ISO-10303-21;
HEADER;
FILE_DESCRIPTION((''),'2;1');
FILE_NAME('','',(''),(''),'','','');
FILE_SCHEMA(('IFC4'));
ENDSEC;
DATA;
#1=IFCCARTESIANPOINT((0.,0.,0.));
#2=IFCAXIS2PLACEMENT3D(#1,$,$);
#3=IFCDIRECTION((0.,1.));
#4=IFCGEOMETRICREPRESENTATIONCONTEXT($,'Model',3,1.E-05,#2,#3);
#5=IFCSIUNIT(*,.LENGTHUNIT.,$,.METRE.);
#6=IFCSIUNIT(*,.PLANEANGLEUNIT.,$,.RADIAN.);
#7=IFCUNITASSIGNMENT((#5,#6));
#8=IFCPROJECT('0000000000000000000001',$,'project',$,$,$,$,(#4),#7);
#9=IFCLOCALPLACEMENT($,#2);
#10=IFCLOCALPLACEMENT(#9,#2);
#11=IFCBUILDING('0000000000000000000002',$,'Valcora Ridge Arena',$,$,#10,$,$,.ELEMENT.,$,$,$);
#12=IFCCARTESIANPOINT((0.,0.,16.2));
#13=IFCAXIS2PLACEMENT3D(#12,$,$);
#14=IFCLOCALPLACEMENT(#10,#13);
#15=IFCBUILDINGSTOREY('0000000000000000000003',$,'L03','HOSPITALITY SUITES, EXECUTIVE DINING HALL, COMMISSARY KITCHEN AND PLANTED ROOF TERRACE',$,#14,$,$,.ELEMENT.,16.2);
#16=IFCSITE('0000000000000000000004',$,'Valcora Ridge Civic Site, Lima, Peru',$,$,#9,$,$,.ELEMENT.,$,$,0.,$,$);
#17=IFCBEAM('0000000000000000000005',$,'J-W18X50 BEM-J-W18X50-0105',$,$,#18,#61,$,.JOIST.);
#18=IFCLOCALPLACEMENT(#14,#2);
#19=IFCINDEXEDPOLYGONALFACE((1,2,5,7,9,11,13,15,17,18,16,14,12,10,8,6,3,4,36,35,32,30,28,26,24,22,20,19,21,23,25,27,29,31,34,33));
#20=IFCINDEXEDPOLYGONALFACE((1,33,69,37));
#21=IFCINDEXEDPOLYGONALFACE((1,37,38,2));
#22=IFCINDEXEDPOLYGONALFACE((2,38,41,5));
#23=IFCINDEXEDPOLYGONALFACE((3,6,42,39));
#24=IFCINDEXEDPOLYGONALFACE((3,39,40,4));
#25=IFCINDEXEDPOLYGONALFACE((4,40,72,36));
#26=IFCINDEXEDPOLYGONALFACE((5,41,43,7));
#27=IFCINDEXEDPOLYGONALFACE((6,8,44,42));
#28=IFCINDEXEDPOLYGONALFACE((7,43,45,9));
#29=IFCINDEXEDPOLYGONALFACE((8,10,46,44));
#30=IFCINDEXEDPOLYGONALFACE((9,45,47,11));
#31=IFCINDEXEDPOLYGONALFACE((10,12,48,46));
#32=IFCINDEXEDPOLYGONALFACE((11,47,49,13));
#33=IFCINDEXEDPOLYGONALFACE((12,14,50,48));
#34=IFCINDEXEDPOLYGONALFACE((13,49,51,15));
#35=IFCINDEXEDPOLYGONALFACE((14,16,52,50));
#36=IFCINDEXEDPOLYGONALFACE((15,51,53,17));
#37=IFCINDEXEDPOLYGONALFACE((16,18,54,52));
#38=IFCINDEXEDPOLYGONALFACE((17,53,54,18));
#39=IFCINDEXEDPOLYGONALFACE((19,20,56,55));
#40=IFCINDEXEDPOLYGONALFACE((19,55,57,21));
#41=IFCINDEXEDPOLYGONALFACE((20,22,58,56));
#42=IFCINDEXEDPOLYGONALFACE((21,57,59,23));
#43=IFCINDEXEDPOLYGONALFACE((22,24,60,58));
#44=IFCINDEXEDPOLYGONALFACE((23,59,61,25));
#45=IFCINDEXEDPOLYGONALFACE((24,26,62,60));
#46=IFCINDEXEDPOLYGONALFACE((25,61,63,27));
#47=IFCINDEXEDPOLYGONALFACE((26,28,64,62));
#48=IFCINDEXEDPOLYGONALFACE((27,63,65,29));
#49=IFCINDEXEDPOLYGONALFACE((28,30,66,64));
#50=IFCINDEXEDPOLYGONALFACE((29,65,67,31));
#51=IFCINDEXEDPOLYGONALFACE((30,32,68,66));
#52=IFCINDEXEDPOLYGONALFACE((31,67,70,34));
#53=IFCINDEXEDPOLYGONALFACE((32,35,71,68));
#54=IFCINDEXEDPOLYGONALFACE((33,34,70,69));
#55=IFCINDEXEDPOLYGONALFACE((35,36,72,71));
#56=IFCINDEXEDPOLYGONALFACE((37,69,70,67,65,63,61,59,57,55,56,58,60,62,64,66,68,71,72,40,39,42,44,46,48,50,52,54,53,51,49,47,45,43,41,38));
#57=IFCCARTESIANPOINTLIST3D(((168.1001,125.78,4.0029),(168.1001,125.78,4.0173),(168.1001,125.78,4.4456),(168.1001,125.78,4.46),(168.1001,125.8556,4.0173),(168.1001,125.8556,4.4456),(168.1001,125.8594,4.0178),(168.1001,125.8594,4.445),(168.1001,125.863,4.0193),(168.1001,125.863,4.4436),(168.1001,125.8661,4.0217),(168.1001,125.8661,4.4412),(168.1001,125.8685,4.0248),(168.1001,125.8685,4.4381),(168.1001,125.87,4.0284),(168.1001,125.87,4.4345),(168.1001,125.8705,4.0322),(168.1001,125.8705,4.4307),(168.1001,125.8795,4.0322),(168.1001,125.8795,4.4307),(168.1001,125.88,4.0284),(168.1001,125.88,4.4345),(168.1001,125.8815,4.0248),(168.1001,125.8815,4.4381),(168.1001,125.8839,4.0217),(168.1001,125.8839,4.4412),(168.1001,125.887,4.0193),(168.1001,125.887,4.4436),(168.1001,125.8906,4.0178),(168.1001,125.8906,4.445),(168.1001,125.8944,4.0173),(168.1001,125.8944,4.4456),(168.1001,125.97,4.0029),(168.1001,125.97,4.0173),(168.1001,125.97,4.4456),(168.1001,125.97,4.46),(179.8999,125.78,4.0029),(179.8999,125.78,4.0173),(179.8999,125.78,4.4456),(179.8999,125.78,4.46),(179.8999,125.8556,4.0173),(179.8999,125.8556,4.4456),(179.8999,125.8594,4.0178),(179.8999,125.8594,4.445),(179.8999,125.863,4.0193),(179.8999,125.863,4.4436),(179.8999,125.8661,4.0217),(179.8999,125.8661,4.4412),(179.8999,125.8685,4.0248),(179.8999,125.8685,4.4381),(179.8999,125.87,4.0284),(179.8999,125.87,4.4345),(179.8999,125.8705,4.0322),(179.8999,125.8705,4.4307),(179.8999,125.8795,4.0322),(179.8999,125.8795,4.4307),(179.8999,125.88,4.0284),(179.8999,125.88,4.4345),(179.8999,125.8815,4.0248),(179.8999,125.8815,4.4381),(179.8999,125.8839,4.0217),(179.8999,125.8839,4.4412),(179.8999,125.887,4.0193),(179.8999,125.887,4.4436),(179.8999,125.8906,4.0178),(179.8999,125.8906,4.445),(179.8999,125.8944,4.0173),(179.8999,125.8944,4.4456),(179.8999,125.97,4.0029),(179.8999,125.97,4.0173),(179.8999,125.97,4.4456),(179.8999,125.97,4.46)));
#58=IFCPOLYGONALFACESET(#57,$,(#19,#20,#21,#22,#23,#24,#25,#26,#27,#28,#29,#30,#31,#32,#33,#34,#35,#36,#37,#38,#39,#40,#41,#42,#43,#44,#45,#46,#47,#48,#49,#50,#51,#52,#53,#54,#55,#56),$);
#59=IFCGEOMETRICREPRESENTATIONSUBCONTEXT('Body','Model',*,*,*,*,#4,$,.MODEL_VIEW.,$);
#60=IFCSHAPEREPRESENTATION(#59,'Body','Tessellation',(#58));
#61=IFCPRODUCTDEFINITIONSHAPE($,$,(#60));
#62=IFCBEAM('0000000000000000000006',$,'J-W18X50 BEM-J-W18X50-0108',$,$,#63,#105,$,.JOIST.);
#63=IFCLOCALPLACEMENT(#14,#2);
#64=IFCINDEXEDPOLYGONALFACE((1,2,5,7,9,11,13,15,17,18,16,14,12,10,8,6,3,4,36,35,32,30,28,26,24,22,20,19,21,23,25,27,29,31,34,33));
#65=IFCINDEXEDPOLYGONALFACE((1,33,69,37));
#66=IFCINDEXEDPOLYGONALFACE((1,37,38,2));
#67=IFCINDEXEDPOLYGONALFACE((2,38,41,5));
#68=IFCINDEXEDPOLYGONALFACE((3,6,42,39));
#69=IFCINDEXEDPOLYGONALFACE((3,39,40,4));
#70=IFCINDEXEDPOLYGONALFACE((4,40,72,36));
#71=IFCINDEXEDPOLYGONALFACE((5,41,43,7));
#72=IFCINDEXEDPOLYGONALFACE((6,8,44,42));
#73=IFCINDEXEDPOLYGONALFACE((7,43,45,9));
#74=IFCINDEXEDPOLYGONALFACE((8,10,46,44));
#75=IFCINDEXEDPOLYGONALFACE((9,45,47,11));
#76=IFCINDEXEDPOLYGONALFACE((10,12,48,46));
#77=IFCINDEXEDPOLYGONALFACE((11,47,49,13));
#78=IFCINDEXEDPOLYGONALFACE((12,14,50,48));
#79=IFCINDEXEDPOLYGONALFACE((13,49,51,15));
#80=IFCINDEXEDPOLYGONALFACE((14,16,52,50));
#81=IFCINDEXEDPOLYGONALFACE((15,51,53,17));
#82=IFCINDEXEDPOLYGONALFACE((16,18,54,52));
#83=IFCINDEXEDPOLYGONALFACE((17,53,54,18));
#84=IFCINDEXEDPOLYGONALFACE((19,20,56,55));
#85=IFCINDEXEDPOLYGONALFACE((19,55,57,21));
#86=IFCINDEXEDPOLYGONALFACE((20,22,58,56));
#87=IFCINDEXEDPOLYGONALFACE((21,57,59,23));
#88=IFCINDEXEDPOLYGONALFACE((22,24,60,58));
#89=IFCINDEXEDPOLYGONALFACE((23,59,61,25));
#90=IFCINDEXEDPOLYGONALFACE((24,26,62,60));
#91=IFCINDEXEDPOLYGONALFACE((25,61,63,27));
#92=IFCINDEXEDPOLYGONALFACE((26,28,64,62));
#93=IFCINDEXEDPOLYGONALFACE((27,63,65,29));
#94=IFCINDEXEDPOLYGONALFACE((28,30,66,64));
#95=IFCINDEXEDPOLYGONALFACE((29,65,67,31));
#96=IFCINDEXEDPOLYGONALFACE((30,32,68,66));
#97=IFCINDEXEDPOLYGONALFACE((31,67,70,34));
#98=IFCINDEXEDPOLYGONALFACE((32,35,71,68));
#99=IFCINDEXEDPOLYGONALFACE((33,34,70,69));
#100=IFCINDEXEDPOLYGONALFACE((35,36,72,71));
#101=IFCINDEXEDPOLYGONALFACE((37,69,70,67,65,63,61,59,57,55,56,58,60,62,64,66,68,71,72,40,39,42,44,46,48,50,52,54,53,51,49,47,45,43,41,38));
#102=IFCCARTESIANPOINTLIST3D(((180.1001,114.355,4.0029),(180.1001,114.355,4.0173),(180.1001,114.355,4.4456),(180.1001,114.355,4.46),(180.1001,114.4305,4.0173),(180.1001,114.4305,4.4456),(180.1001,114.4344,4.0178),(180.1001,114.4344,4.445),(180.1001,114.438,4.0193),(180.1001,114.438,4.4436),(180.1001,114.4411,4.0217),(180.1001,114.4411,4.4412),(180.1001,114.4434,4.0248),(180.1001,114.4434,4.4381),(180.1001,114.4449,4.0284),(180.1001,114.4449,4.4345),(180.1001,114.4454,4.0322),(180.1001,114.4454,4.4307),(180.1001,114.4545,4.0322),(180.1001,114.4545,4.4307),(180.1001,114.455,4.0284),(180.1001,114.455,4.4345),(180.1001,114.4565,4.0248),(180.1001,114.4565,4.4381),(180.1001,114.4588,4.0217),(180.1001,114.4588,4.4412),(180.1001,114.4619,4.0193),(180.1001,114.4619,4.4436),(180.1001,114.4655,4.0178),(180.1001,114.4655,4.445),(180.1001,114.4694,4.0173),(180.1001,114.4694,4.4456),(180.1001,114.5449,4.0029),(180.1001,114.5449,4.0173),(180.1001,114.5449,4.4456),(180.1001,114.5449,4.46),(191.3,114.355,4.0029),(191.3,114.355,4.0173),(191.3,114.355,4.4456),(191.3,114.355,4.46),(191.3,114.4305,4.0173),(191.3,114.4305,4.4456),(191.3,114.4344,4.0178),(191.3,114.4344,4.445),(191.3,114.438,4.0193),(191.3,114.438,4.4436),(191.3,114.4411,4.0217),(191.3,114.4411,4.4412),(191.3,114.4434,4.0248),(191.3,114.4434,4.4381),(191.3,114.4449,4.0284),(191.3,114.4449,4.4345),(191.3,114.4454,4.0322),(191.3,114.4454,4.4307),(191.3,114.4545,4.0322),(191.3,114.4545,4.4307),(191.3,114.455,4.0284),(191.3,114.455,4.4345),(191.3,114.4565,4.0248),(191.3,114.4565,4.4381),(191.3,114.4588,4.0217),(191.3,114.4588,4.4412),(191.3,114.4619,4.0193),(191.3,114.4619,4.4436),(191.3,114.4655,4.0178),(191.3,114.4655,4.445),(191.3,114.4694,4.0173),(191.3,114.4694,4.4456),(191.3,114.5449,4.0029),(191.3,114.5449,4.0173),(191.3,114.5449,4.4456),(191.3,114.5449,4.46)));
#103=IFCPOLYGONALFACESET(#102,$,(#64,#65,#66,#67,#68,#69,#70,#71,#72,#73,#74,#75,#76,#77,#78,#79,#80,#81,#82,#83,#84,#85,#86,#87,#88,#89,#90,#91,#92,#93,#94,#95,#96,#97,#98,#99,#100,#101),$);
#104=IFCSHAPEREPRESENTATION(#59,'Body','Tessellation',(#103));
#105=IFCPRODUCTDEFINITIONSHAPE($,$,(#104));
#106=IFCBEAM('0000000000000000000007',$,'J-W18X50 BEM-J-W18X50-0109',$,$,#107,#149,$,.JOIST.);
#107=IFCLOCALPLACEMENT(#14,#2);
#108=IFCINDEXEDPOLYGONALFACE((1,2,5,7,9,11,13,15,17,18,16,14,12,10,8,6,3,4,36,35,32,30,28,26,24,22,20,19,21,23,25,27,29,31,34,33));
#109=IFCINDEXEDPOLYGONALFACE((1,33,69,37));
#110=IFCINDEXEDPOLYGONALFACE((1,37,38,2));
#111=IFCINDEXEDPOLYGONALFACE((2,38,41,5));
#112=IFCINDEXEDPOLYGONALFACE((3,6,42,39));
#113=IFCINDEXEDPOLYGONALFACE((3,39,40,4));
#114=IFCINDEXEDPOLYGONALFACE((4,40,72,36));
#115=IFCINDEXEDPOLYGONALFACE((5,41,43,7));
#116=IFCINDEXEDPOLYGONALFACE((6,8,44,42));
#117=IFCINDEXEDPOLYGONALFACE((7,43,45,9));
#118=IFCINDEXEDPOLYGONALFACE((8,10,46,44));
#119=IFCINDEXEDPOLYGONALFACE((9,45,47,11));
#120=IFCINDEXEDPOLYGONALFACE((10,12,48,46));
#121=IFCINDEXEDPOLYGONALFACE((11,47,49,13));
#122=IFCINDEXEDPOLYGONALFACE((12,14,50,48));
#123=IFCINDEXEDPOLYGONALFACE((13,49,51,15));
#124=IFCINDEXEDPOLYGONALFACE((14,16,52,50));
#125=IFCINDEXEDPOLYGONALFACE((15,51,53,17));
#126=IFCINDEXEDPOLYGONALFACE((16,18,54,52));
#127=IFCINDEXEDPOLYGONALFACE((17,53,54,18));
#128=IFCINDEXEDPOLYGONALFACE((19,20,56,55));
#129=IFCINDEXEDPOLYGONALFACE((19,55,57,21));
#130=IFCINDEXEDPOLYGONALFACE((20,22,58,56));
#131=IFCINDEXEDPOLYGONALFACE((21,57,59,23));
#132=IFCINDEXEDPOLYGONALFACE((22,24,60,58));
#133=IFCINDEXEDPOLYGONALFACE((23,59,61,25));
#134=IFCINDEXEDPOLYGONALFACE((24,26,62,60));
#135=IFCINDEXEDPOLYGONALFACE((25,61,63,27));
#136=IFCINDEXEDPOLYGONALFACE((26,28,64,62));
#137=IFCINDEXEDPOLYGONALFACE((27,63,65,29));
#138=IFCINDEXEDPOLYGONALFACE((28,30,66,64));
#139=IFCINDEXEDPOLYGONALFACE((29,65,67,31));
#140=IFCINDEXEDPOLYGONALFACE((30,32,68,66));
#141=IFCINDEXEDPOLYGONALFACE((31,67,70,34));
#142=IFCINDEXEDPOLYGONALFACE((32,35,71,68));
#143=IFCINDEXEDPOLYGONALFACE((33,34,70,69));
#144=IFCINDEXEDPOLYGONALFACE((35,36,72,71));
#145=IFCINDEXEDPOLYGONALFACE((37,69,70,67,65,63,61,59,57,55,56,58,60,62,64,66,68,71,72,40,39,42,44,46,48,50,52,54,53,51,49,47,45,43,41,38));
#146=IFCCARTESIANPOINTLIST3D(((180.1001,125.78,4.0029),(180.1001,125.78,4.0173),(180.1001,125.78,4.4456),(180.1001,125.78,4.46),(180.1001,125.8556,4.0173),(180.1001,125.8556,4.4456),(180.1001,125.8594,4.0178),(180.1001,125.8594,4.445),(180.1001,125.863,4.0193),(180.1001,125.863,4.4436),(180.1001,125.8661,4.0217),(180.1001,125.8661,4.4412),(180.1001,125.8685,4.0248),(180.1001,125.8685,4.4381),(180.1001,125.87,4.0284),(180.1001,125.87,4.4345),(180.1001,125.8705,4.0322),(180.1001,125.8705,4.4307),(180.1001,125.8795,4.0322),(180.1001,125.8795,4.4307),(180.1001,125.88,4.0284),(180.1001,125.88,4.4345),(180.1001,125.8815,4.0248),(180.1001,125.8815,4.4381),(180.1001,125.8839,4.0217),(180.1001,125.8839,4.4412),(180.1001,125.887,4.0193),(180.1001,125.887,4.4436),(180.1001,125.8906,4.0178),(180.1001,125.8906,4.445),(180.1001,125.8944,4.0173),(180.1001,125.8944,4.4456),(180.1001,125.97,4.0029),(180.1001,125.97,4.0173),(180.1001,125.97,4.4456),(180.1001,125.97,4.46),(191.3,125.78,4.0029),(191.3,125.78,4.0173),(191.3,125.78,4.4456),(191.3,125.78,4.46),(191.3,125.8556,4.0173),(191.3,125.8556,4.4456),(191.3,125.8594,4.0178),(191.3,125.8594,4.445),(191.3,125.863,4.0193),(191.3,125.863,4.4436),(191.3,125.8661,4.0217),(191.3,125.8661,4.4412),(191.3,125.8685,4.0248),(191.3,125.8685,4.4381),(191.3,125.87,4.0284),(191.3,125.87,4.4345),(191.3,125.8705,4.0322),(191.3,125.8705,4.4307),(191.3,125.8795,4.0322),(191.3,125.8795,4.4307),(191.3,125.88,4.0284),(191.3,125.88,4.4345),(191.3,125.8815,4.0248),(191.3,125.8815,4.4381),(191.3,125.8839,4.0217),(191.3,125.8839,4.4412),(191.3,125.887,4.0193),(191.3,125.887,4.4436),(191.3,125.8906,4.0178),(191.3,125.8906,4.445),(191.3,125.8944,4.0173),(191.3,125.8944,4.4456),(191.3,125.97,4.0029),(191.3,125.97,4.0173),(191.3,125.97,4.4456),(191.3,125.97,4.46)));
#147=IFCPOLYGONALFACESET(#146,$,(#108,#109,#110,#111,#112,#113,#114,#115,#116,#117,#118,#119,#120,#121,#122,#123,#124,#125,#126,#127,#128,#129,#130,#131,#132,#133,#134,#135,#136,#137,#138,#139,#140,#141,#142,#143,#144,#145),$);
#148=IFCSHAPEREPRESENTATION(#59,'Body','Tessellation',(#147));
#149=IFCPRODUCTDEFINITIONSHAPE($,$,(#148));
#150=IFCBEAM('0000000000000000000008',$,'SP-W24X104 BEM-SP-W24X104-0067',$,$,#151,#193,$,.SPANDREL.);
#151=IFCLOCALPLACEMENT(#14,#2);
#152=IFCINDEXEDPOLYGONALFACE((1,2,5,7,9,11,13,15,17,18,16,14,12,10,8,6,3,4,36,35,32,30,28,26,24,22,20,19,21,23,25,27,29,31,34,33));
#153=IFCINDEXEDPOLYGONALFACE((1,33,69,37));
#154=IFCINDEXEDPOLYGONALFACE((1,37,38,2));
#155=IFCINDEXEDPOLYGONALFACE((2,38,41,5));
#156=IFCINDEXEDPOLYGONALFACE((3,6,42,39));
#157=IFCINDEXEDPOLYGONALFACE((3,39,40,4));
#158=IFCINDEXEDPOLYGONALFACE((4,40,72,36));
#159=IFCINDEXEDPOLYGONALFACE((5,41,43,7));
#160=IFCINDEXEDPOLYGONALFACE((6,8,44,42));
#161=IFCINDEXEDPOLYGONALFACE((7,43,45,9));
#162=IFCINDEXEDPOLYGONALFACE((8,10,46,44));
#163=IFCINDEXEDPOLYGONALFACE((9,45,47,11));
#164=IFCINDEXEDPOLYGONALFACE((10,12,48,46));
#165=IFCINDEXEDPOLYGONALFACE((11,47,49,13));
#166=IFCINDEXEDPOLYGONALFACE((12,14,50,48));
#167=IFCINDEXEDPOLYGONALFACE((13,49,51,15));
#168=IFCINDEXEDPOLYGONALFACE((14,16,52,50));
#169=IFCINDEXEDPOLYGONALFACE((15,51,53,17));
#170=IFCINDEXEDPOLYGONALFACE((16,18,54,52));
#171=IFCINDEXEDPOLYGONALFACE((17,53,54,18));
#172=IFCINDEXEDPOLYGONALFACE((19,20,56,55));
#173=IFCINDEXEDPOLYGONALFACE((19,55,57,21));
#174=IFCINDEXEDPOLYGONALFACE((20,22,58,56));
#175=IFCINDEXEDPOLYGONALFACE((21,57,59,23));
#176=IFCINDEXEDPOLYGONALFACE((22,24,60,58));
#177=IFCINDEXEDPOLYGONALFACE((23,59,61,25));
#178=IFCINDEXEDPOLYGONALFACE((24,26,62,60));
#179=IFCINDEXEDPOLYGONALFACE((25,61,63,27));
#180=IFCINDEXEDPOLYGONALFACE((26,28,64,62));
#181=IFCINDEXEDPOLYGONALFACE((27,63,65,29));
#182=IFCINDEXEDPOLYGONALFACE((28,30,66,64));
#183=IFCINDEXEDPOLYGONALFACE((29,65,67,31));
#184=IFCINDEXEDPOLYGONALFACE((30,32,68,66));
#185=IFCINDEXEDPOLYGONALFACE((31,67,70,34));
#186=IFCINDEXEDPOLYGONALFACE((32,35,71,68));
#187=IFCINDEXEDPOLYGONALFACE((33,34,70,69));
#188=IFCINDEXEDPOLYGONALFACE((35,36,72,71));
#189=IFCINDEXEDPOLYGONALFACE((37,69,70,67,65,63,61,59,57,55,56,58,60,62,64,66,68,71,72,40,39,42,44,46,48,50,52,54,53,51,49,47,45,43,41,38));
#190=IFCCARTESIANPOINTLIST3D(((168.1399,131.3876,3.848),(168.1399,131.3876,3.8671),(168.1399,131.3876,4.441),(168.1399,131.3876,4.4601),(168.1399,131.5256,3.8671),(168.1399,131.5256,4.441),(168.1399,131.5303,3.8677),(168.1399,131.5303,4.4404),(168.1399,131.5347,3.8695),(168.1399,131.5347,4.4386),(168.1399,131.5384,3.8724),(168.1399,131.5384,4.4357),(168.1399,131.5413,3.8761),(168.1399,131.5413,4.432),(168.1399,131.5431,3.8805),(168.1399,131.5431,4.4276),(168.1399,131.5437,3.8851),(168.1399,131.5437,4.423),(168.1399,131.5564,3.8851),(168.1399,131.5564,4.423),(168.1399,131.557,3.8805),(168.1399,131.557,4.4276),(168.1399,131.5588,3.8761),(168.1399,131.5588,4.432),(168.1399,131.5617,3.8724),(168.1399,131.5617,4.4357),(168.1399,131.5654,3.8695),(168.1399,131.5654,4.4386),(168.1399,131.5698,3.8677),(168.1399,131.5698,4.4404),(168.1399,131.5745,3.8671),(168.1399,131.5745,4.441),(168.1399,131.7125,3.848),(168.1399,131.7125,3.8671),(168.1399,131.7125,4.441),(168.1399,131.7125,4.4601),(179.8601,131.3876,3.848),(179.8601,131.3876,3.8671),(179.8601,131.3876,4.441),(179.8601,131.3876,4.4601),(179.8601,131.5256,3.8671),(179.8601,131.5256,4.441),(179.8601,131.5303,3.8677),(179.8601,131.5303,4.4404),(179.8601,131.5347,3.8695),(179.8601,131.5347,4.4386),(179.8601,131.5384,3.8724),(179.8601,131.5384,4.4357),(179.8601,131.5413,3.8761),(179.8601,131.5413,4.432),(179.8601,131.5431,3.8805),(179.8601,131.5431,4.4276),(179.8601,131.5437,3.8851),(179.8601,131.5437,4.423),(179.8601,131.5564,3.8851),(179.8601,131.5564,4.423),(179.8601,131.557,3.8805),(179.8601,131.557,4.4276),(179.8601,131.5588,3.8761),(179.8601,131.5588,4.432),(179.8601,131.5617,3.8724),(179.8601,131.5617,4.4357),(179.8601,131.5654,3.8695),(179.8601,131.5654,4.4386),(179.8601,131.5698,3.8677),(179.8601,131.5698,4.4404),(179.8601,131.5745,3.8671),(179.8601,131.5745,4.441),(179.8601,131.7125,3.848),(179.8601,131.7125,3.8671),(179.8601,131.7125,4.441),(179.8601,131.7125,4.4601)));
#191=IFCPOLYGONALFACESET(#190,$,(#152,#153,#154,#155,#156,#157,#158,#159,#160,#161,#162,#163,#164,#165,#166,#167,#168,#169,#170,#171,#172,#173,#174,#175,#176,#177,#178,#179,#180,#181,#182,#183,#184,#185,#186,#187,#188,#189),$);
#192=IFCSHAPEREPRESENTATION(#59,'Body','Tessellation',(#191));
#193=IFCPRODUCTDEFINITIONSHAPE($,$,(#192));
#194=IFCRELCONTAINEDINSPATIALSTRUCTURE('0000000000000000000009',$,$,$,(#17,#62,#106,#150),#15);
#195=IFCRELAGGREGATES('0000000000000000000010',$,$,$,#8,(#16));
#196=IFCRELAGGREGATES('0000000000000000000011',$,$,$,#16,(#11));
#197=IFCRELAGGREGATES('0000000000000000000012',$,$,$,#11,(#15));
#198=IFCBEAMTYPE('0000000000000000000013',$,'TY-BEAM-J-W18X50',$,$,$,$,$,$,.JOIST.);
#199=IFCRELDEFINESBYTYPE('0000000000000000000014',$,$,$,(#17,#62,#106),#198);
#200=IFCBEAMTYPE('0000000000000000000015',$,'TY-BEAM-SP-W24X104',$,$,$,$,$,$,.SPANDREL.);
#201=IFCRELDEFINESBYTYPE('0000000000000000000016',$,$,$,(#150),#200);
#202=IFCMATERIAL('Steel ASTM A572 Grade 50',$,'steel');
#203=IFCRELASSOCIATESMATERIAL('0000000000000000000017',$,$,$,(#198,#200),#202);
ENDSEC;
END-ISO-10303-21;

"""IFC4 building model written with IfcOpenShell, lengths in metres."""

from ifc_helpers import new_model, si_unit, direction, frame, origin, origin_2d, place, context, subcontext, project, spatial, i_section, extrude, material, material_profile, profile_set, type_object, element, save


model = new_model("IFC4")

# Units and contexts
model_context = context("Model", 3, precision=1e-05, world=origin(), true_north=direction((0.0, 1.0)))
body_context = subcontext(model_context, "Body", "Model", "MODEL_VIEW")
ifc_project = project(units=[si_unit("LENGTHUNIT", "METRE"), si_unit("PLANEANGLEUNIT", "RADIAN")], contexts=[model_context])

# Site, building, storey
site_placement = place(None, origin())
site = spatial("IfcSite", under=ifc_project, at=site_placement, Name="Valcora Ridge Civic Site, Lima, Peru", CompositionType="ELEMENT", RefElevation=0.0)
building_placement = place(site_placement, origin())
building = spatial("IfcBuilding", under=site, at=building_placement, Name="Valcora Ridge Arena", CompositionType="ELEMENT")
storey_placement = place(building_placement, frame((0.0, 0.0, 16.2)))
storey = spatial("IfcBuildingStorey", under=building, at=storey_placement, Name="L03", Description="HOSPITALITY SUITES, EXECUTIVE DINING HALL, COMMISSARY KITCHEN AND PLANTED ROOF TERRACE", CompositionType="ELEMENT", Elevation=16.2)

# Beams
ifc_material_1 = material(Name="Steel ASTM A572 Grade 50", Category="steel")
ifc_material_profile_1 = material_profile(ifc_material_1, i_section(OverallWidth=0.1899, OverallDepth=0.457, WebThickness=0.009, FlangeThickness=0.0144, FilletRadius=0.0149, at=origin_2d()), Name="W18X50")
ifc_profile_set_1 = profile_set([ifc_material_profile_1], Name="Steel ASTM A572 Grade 50")
beam_type_1 = type_object("IfcBeamType", Name="TY-BEAM-J-W18X50", PredefinedType="JOIST", material=ifc_profile_set_1)
for number, where, z_axis, x_axis, name in (
    (1, (168.1001, 125.875, 4.2314), (1.0, 0.0, 0.0), (0.0, 1.0, 0.0), "J-W18X50 BEM-J-W18X50-0105"),
):
    element("IfcBeam", number, at=place(storey_placement, frame(where, z_axis=z_axis, x_axis=x_axis)), inside=storey, type_object=beam_type_1, Name=name, PredefinedType="JOIST", context=body_context, shape_type="SweptSolid", body=[
        extrude(i_section(OverallWidth=0.1899, OverallDepth=0.457, WebThickness=0.009, FlangeThickness=0.0144, FilletRadius=0.0149, at=origin_2d()), origin(), (0.0, 0.0, 1.0), 11.7998),
    ])
for number, where, z_axis, x_axis, name in (
    (2, (180.1001, 114.45, 4.2314), (1.0, 0.0, 0.0), (0.0, 1.0, 0.0), "J-W18X50 BEM-J-W18X50-0108"),
    (3, (180.1001, 125.875, 4.2314), (1.0, 0.0, 0.0), (0.0, 1.0, 0.0), "J-W18X50 BEM-J-W18X50-0109"),
):
    element("IfcBeam", number, at=place(storey_placement, frame(where, z_axis=z_axis, x_axis=x_axis)), inside=storey, type_object=beam_type_1, Name=name, PredefinedType="JOIST", context=body_context, shape_type="SweptSolid", body=[
        extrude(i_section(OverallWidth=0.1899, OverallDepth=0.457, WebThickness=0.009, FlangeThickness=0.0144, FilletRadius=0.0149, at=origin_2d()), origin(), (0.0, 0.0, 1.0), 11.2),
    ])
ifc_material_profile_2 = material_profile(ifc_material_1, i_section(OverallWidth=0.325, OverallDepth=0.6121, WebThickness=0.0127, FlangeThickness=0.019, FilletRadius=0.0181, at=origin_2d()), Name="W24X104")
ifc_profile_set_2 = profile_set([ifc_material_profile_2], Name="Steel ASTM A572 Grade 50")
beam_type_2 = type_object("IfcBeamType", Name="TY-BEAM-SP-W24X104", PredefinedType="SPANDREL", material=ifc_profile_set_2)
beam_1_placement = place(storey_placement, frame((168.1399, 131.55, 4.1541), z_axis=(1.0, 0.0, 0.0), x_axis=(0.0, 1.0, 0.0)))
element("IfcBeam", 4, at=beam_1_placement, inside=storey, type_object=beam_type_2, Name="SP-W24X104 BEM-SP-W24X104-0067", PredefinedType="SPANDREL", context=body_context, shape_type="SweptSolid", body=[
    extrude(i_section(OverallWidth=0.325, OverallDepth=0.6121, WebThickness=0.0127, FlangeThickness=0.019, FilletRadius=0.0181, at=origin_2d()), origin(), (0.0, 0.0, 1.0), 11.7202),
])

save(model, "model.ifc")
